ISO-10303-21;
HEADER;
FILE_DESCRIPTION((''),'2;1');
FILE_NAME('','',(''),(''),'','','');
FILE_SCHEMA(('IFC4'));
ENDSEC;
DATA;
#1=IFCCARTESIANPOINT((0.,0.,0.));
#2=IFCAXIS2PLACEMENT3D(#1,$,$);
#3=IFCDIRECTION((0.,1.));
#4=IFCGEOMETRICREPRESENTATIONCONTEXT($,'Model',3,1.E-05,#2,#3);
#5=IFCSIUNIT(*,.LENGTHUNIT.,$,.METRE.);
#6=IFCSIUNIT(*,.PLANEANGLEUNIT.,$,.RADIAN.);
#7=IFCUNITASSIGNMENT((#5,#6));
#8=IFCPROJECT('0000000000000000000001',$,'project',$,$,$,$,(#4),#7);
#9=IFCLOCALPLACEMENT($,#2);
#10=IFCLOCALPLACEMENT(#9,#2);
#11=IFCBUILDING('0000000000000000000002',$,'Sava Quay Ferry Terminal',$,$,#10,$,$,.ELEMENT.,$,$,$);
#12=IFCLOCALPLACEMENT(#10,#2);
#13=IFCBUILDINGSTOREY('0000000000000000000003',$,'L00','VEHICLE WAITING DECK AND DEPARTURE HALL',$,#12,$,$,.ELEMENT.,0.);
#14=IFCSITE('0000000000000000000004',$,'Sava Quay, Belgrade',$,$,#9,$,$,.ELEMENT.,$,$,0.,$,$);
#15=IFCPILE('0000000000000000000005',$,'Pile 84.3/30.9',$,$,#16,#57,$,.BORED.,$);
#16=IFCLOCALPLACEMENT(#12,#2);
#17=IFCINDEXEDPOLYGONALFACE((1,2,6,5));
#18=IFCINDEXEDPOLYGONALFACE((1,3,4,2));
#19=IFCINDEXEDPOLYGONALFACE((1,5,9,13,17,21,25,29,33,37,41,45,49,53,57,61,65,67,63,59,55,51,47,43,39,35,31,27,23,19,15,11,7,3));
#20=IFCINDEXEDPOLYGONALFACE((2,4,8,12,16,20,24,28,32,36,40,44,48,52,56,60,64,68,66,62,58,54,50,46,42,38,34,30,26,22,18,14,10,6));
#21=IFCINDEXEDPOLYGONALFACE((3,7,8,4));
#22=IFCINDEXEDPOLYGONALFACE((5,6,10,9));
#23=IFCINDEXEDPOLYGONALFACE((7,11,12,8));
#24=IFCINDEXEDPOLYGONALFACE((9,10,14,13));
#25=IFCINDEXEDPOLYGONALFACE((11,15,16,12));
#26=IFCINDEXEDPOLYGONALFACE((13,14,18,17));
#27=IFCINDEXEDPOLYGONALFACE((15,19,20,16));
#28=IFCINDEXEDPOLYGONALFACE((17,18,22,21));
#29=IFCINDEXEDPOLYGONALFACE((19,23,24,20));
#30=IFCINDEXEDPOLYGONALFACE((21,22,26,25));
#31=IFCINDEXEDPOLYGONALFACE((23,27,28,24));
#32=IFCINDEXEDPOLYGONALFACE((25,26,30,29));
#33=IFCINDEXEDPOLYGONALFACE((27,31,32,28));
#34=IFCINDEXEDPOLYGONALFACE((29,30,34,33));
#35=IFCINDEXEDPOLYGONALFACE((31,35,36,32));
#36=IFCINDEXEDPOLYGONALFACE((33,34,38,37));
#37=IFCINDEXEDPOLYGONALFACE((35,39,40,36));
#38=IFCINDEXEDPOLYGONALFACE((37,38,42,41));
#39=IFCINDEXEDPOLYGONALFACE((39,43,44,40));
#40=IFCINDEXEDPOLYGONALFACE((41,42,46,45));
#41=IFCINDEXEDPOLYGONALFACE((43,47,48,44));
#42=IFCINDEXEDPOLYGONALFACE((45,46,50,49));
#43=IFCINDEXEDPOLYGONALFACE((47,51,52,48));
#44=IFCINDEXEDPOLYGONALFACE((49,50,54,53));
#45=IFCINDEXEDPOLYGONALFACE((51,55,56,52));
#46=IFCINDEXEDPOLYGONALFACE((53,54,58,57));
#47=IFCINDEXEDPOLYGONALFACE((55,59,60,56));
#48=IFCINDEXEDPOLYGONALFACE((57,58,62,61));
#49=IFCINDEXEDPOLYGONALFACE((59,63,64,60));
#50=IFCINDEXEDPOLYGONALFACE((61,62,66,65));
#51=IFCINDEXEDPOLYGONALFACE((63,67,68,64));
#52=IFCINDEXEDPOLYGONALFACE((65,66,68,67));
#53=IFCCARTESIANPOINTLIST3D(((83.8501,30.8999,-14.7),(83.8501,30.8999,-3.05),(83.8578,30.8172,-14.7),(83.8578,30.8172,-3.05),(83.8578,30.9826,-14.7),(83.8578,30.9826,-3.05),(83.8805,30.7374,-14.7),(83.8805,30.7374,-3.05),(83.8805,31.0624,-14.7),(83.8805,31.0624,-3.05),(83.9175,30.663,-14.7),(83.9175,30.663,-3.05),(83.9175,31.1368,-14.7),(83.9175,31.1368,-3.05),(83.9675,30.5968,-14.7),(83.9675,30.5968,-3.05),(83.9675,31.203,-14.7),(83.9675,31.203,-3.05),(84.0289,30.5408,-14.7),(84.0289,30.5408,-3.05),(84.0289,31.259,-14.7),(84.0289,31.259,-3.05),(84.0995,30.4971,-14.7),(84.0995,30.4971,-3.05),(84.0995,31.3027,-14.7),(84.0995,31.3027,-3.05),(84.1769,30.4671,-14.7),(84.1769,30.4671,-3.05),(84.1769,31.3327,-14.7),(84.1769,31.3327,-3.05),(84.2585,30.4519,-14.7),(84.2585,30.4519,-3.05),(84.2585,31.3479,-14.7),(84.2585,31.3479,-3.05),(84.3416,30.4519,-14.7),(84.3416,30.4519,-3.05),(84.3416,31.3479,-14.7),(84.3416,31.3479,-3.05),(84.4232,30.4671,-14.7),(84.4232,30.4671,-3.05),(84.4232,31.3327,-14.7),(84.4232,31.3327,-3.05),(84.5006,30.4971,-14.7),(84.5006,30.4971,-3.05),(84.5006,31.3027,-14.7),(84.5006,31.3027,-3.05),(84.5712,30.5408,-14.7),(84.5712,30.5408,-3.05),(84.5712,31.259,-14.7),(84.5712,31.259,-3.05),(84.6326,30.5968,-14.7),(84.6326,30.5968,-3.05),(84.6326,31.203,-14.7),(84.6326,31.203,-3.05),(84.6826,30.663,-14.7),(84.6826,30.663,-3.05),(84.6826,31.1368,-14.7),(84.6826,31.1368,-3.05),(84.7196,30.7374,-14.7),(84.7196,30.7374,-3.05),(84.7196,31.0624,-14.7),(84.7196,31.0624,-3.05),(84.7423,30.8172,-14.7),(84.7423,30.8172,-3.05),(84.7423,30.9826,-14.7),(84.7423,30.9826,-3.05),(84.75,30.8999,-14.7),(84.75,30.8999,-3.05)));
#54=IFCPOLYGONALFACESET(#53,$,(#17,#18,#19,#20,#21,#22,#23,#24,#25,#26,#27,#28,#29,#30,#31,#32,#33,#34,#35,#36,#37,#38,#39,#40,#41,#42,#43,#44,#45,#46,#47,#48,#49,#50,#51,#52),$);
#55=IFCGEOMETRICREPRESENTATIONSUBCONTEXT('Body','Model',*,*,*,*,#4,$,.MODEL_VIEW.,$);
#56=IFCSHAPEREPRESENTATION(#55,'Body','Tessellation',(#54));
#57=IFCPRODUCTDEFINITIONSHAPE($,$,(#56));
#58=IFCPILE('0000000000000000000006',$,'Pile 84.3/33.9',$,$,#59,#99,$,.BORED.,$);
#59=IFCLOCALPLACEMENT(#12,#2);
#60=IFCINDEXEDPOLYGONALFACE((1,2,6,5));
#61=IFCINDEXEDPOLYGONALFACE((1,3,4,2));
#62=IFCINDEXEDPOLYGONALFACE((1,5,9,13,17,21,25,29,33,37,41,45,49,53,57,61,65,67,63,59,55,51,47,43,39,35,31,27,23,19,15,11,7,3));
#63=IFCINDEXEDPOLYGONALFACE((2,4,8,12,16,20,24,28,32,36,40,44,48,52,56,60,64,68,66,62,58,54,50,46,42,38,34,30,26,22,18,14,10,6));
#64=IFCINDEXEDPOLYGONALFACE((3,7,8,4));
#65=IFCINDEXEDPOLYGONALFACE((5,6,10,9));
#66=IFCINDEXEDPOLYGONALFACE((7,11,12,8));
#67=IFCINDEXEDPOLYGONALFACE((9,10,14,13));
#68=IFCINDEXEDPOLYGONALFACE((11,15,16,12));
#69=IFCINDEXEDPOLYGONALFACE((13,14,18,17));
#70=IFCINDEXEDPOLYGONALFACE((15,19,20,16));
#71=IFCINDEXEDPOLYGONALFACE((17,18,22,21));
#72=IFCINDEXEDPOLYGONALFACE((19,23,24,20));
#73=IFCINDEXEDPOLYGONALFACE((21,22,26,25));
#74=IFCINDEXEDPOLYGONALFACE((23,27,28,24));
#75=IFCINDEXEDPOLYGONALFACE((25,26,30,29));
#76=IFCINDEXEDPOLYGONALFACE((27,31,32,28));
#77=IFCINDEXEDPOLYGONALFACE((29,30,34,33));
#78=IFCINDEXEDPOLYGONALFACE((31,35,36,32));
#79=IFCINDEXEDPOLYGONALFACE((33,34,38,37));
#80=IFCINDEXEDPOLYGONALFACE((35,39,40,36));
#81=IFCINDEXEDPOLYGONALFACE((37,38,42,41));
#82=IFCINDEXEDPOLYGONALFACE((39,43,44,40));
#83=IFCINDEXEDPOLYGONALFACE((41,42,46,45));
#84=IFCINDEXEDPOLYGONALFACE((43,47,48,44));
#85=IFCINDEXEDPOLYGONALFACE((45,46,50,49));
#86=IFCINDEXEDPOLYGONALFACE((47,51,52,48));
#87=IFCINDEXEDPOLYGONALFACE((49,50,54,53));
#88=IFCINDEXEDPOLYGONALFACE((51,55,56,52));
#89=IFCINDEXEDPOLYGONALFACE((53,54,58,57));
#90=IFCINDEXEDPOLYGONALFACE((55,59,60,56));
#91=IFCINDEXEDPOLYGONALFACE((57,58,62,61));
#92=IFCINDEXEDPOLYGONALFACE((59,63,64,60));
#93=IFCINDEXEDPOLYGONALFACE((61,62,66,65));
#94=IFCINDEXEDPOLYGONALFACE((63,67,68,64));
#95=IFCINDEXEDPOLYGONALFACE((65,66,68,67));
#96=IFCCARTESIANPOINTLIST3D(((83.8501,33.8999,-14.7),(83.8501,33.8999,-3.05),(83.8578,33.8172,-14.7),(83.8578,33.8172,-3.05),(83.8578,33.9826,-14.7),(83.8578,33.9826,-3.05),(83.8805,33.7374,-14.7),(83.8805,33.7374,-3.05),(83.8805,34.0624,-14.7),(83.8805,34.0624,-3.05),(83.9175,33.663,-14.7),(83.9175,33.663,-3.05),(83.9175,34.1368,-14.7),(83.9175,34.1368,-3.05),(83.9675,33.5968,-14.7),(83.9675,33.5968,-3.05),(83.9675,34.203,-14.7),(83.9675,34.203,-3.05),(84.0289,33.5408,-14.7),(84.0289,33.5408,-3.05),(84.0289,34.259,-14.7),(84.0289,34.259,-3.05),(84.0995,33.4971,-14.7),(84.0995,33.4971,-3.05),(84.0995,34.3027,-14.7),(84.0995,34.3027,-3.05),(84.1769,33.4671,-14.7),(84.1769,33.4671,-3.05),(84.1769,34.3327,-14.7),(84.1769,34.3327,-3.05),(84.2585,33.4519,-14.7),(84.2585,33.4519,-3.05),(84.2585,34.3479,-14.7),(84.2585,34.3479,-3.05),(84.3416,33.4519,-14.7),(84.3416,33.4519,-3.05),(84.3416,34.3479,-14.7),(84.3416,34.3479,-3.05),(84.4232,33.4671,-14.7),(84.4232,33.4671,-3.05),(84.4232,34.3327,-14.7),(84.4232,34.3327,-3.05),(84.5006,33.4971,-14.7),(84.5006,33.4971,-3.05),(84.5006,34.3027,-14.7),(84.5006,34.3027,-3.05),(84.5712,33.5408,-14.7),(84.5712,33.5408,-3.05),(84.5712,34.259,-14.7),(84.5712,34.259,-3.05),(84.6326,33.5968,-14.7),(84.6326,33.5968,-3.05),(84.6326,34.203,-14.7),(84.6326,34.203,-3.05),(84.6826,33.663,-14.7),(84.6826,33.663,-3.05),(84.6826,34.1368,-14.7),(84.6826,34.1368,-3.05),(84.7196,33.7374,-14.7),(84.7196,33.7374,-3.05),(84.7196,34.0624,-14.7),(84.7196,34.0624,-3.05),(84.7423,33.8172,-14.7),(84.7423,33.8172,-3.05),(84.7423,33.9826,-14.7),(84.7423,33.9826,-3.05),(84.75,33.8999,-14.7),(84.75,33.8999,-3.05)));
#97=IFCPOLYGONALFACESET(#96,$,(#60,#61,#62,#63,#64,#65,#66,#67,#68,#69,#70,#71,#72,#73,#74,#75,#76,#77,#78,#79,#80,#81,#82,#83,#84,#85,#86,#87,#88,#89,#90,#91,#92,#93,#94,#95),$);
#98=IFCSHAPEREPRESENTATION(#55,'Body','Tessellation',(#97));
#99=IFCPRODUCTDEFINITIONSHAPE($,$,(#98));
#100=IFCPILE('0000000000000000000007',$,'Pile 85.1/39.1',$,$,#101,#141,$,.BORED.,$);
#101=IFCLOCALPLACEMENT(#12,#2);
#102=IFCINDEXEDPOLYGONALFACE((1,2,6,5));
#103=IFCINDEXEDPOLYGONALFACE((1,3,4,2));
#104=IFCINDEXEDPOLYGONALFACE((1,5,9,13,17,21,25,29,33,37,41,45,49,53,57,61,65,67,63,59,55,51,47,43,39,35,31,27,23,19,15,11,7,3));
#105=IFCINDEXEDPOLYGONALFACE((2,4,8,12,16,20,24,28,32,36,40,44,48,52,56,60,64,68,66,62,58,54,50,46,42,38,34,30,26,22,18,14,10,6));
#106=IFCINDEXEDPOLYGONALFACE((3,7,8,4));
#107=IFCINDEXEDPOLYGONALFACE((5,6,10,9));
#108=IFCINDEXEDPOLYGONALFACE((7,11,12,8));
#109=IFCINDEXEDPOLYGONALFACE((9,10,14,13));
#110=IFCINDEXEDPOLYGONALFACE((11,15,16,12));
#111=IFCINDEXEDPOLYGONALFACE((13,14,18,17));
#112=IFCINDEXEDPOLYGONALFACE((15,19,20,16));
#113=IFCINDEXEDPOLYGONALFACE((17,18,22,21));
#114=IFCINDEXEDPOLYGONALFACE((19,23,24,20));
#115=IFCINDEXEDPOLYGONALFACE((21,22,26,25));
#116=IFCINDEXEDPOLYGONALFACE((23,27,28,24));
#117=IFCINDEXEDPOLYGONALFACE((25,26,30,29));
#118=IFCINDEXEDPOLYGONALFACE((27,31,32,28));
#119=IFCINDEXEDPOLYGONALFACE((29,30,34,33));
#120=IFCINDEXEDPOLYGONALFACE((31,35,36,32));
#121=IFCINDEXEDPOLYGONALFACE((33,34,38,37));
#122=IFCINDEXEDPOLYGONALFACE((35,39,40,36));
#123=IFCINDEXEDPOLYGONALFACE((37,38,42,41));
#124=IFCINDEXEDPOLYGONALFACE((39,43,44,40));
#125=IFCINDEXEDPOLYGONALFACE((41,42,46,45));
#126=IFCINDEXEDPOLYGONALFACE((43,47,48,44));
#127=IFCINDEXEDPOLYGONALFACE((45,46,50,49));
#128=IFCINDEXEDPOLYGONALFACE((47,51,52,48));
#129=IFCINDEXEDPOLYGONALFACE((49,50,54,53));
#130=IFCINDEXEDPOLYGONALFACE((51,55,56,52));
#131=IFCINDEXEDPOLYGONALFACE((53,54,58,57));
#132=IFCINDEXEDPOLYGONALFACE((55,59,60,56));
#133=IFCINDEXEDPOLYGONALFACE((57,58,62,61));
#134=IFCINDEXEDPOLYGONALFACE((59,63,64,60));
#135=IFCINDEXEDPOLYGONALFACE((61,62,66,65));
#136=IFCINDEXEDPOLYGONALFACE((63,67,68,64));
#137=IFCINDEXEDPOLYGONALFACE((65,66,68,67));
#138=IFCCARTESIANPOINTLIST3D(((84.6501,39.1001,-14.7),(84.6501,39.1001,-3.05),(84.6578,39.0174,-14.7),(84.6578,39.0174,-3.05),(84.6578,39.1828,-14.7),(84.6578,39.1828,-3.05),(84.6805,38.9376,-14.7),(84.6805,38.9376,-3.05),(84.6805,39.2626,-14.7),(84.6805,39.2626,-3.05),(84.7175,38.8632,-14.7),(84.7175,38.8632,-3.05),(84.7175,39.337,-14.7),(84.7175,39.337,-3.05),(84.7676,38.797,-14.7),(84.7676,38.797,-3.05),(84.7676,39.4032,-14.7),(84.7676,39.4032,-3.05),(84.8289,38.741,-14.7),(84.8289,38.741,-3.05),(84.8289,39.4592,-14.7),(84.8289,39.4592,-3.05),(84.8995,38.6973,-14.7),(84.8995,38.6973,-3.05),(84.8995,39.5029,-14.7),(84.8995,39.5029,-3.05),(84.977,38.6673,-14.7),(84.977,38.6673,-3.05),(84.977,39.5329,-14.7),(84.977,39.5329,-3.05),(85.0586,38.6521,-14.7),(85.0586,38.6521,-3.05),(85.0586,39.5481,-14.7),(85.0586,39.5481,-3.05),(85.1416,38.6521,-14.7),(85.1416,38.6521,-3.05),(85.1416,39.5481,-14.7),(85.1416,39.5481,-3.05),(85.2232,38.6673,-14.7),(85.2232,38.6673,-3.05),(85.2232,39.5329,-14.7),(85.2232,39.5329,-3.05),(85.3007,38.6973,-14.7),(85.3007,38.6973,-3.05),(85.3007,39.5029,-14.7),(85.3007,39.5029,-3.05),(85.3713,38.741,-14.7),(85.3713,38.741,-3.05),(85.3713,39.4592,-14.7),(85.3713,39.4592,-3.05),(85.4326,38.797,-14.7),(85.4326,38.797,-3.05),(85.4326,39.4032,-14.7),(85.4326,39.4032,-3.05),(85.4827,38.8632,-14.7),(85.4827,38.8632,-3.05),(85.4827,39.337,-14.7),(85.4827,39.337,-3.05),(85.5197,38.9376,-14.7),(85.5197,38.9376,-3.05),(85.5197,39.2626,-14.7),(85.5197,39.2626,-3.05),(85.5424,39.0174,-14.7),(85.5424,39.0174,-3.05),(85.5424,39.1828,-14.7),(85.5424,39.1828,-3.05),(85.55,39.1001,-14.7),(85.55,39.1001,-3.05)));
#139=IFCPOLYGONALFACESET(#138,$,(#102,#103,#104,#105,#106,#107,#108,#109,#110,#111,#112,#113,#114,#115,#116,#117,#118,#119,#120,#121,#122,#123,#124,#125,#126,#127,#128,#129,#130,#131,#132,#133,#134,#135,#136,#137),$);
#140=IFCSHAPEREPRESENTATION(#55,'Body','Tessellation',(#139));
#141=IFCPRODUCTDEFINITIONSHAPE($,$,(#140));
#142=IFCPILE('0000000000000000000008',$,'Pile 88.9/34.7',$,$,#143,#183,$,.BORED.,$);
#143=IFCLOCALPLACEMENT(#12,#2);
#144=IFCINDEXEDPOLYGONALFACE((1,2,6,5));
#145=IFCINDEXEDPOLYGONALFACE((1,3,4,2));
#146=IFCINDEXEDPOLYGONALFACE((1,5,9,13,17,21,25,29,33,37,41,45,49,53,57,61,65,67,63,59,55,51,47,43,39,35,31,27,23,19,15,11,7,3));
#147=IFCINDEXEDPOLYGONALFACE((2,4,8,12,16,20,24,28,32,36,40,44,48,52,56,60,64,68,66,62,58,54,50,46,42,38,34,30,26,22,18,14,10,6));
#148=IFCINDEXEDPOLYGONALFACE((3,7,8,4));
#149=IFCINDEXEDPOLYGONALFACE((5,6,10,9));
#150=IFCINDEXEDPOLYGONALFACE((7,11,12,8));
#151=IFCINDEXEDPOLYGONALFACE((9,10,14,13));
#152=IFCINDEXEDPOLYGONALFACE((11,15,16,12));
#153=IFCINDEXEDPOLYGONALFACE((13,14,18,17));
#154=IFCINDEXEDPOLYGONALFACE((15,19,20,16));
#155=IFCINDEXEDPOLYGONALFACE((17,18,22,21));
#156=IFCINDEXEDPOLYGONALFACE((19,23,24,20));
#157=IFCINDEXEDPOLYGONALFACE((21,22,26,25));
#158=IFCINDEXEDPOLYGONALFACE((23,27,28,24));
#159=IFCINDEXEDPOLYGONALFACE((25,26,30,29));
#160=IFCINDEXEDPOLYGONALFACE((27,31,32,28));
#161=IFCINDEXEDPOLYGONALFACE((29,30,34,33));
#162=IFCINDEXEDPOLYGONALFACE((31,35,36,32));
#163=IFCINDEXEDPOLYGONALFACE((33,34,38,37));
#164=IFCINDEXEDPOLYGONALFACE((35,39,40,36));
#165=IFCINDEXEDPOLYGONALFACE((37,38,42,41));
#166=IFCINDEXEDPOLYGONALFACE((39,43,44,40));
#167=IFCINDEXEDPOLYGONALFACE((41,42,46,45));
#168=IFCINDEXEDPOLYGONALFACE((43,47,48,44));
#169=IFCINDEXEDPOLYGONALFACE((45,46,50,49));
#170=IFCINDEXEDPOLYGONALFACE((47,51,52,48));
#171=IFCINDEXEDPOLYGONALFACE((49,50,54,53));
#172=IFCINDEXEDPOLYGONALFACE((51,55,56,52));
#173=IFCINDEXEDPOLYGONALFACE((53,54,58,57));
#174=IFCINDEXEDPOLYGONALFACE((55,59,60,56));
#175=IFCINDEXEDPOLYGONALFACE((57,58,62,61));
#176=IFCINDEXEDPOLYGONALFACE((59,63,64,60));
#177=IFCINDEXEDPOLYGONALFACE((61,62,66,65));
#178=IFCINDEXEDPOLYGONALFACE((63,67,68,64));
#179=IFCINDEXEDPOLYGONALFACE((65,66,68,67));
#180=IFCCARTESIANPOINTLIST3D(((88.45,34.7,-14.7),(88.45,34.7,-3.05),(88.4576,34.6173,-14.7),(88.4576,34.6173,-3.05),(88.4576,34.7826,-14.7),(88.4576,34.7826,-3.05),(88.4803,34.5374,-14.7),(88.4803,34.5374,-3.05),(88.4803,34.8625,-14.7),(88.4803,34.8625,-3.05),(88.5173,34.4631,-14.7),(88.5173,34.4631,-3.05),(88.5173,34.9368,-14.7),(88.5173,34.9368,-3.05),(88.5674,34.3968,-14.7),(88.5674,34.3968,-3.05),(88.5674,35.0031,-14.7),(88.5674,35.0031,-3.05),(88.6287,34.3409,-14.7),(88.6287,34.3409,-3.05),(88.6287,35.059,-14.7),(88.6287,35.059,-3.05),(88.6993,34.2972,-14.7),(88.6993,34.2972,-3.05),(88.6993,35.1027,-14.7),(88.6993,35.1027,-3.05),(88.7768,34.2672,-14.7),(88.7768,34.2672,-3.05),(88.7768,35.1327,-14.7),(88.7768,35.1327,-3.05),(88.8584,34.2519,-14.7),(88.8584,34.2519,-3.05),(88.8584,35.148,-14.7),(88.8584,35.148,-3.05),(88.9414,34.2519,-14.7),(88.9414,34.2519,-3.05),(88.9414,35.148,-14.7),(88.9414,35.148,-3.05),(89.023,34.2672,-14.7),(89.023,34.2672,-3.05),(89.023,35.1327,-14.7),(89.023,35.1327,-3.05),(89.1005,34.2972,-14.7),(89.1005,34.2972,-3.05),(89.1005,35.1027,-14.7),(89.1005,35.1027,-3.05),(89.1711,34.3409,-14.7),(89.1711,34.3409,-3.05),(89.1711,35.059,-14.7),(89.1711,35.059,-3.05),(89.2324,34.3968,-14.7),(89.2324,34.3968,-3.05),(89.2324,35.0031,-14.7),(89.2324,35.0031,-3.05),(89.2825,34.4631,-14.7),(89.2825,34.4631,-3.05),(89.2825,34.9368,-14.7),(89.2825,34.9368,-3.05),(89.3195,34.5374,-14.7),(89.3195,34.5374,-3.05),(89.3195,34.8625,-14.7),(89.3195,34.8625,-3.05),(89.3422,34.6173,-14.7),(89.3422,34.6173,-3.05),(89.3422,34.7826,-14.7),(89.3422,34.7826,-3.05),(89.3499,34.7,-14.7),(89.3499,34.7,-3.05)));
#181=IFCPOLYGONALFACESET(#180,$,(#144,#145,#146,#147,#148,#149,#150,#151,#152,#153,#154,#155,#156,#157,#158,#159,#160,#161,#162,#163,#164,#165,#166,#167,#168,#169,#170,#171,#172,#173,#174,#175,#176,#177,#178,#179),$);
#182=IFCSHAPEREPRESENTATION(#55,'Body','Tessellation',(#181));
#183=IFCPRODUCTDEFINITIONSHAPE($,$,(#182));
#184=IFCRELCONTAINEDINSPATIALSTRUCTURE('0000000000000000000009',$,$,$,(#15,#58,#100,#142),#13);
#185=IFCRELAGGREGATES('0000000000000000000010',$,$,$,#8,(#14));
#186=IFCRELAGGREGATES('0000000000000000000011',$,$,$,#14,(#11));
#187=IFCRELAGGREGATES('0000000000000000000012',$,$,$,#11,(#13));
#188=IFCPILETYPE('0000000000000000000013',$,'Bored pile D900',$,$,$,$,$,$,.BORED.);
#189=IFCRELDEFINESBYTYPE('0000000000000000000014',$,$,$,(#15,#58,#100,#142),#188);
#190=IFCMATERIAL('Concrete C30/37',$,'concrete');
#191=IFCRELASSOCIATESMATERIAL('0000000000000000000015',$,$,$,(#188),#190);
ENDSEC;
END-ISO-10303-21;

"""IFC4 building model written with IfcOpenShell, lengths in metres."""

from ifc_helpers import new_model, si_unit, direction, frame, origin, origin_2d, place, context, subcontext, project, spatial, circle, extrude, material, material_profile, profile_set, type_object, element, save


model = new_model("IFC4")

# Units and contexts
model_context = context("Model", 3, precision=1e-05, world=origin(), true_north=direction((0.0, 1.0)))
body_context = subcontext(model_context, "Body", "Model", "MODEL_VIEW")
ifc_project = project(units=[si_unit("LENGTHUNIT", "METRE"), si_unit("PLANEANGLEUNIT", "RADIAN")], contexts=[model_context])

# Site, building, storey
site_placement = place(None, origin())
site = spatial("IfcSite", under=ifc_project, at=site_placement, Name="Sava Quay, Belgrade", CompositionType="ELEMENT", RefElevation=0.0)
building_placement = place(site_placement, origin())
building = spatial("IfcBuilding", under=site, at=building_placement, Name="Sava Quay Ferry Terminal", CompositionType="ELEMENT")
storey_placement = place(building_placement, origin())
storey = spatial("IfcBuildingStorey", under=building, at=storey_placement, Name="L00", Description="VEHICLE WAITING DECK AND DEPARTURE HALL", CompositionType="ELEMENT", Elevation=0.0)

# Piles
ifc_material_1 = material(Name="Concrete C30/37", Category="concrete")
ifc_material_profile_1 = material_profile(ifc_material_1, circle(Radius=0.45, at=origin_2d()), Name="Bored pile D900")
ifc_profile_set_1 = profile_set([ifc_material_profile_1], Name="Concrete C30/37")
pile_type = type_object("IfcPileType", Name="Bored pile D900", PredefinedType="BORED", material=ifc_profile_set_1)
for number, where, z_axis, x_axis, name in (
    (1, (84.3, 30.8999, -3.05), (0.0, 0.0, -1.0), (1.0, 0.0, 0.0), "Pile 84.3/30.9"),
    (2, (84.3, 33.8999, -3.05), (0.0, 0.0, -1.0), (1.0, 0.0, 0.0), "Pile 84.3/33.9"),
    (3, (85.1001, 39.1001, -3.05), (0.0, 0.0, -1.0), (1.0, 0.0, 0.0), "Pile 85.1/39.1"),
    (4, (88.8999, 34.7, -3.05), (0.0, 0.0, -1.0), (1.0, 0.0, 0.0), "Pile 88.9/34.7"),
):
    element("IfcPile", number, at=place(storey_placement, frame(where, z_axis=z_axis, x_axis=x_axis)), inside=storey, type_object=pile_type, Name=name, PredefinedType="BORED", context=body_context, shape_type="SweptSolid", body=[
        extrude(circle(Radius=0.45, at=origin_2d()), origin(), (0.0, 0.0, 1.0), 11.6499),
    ])

save(model, "model.ifc")
